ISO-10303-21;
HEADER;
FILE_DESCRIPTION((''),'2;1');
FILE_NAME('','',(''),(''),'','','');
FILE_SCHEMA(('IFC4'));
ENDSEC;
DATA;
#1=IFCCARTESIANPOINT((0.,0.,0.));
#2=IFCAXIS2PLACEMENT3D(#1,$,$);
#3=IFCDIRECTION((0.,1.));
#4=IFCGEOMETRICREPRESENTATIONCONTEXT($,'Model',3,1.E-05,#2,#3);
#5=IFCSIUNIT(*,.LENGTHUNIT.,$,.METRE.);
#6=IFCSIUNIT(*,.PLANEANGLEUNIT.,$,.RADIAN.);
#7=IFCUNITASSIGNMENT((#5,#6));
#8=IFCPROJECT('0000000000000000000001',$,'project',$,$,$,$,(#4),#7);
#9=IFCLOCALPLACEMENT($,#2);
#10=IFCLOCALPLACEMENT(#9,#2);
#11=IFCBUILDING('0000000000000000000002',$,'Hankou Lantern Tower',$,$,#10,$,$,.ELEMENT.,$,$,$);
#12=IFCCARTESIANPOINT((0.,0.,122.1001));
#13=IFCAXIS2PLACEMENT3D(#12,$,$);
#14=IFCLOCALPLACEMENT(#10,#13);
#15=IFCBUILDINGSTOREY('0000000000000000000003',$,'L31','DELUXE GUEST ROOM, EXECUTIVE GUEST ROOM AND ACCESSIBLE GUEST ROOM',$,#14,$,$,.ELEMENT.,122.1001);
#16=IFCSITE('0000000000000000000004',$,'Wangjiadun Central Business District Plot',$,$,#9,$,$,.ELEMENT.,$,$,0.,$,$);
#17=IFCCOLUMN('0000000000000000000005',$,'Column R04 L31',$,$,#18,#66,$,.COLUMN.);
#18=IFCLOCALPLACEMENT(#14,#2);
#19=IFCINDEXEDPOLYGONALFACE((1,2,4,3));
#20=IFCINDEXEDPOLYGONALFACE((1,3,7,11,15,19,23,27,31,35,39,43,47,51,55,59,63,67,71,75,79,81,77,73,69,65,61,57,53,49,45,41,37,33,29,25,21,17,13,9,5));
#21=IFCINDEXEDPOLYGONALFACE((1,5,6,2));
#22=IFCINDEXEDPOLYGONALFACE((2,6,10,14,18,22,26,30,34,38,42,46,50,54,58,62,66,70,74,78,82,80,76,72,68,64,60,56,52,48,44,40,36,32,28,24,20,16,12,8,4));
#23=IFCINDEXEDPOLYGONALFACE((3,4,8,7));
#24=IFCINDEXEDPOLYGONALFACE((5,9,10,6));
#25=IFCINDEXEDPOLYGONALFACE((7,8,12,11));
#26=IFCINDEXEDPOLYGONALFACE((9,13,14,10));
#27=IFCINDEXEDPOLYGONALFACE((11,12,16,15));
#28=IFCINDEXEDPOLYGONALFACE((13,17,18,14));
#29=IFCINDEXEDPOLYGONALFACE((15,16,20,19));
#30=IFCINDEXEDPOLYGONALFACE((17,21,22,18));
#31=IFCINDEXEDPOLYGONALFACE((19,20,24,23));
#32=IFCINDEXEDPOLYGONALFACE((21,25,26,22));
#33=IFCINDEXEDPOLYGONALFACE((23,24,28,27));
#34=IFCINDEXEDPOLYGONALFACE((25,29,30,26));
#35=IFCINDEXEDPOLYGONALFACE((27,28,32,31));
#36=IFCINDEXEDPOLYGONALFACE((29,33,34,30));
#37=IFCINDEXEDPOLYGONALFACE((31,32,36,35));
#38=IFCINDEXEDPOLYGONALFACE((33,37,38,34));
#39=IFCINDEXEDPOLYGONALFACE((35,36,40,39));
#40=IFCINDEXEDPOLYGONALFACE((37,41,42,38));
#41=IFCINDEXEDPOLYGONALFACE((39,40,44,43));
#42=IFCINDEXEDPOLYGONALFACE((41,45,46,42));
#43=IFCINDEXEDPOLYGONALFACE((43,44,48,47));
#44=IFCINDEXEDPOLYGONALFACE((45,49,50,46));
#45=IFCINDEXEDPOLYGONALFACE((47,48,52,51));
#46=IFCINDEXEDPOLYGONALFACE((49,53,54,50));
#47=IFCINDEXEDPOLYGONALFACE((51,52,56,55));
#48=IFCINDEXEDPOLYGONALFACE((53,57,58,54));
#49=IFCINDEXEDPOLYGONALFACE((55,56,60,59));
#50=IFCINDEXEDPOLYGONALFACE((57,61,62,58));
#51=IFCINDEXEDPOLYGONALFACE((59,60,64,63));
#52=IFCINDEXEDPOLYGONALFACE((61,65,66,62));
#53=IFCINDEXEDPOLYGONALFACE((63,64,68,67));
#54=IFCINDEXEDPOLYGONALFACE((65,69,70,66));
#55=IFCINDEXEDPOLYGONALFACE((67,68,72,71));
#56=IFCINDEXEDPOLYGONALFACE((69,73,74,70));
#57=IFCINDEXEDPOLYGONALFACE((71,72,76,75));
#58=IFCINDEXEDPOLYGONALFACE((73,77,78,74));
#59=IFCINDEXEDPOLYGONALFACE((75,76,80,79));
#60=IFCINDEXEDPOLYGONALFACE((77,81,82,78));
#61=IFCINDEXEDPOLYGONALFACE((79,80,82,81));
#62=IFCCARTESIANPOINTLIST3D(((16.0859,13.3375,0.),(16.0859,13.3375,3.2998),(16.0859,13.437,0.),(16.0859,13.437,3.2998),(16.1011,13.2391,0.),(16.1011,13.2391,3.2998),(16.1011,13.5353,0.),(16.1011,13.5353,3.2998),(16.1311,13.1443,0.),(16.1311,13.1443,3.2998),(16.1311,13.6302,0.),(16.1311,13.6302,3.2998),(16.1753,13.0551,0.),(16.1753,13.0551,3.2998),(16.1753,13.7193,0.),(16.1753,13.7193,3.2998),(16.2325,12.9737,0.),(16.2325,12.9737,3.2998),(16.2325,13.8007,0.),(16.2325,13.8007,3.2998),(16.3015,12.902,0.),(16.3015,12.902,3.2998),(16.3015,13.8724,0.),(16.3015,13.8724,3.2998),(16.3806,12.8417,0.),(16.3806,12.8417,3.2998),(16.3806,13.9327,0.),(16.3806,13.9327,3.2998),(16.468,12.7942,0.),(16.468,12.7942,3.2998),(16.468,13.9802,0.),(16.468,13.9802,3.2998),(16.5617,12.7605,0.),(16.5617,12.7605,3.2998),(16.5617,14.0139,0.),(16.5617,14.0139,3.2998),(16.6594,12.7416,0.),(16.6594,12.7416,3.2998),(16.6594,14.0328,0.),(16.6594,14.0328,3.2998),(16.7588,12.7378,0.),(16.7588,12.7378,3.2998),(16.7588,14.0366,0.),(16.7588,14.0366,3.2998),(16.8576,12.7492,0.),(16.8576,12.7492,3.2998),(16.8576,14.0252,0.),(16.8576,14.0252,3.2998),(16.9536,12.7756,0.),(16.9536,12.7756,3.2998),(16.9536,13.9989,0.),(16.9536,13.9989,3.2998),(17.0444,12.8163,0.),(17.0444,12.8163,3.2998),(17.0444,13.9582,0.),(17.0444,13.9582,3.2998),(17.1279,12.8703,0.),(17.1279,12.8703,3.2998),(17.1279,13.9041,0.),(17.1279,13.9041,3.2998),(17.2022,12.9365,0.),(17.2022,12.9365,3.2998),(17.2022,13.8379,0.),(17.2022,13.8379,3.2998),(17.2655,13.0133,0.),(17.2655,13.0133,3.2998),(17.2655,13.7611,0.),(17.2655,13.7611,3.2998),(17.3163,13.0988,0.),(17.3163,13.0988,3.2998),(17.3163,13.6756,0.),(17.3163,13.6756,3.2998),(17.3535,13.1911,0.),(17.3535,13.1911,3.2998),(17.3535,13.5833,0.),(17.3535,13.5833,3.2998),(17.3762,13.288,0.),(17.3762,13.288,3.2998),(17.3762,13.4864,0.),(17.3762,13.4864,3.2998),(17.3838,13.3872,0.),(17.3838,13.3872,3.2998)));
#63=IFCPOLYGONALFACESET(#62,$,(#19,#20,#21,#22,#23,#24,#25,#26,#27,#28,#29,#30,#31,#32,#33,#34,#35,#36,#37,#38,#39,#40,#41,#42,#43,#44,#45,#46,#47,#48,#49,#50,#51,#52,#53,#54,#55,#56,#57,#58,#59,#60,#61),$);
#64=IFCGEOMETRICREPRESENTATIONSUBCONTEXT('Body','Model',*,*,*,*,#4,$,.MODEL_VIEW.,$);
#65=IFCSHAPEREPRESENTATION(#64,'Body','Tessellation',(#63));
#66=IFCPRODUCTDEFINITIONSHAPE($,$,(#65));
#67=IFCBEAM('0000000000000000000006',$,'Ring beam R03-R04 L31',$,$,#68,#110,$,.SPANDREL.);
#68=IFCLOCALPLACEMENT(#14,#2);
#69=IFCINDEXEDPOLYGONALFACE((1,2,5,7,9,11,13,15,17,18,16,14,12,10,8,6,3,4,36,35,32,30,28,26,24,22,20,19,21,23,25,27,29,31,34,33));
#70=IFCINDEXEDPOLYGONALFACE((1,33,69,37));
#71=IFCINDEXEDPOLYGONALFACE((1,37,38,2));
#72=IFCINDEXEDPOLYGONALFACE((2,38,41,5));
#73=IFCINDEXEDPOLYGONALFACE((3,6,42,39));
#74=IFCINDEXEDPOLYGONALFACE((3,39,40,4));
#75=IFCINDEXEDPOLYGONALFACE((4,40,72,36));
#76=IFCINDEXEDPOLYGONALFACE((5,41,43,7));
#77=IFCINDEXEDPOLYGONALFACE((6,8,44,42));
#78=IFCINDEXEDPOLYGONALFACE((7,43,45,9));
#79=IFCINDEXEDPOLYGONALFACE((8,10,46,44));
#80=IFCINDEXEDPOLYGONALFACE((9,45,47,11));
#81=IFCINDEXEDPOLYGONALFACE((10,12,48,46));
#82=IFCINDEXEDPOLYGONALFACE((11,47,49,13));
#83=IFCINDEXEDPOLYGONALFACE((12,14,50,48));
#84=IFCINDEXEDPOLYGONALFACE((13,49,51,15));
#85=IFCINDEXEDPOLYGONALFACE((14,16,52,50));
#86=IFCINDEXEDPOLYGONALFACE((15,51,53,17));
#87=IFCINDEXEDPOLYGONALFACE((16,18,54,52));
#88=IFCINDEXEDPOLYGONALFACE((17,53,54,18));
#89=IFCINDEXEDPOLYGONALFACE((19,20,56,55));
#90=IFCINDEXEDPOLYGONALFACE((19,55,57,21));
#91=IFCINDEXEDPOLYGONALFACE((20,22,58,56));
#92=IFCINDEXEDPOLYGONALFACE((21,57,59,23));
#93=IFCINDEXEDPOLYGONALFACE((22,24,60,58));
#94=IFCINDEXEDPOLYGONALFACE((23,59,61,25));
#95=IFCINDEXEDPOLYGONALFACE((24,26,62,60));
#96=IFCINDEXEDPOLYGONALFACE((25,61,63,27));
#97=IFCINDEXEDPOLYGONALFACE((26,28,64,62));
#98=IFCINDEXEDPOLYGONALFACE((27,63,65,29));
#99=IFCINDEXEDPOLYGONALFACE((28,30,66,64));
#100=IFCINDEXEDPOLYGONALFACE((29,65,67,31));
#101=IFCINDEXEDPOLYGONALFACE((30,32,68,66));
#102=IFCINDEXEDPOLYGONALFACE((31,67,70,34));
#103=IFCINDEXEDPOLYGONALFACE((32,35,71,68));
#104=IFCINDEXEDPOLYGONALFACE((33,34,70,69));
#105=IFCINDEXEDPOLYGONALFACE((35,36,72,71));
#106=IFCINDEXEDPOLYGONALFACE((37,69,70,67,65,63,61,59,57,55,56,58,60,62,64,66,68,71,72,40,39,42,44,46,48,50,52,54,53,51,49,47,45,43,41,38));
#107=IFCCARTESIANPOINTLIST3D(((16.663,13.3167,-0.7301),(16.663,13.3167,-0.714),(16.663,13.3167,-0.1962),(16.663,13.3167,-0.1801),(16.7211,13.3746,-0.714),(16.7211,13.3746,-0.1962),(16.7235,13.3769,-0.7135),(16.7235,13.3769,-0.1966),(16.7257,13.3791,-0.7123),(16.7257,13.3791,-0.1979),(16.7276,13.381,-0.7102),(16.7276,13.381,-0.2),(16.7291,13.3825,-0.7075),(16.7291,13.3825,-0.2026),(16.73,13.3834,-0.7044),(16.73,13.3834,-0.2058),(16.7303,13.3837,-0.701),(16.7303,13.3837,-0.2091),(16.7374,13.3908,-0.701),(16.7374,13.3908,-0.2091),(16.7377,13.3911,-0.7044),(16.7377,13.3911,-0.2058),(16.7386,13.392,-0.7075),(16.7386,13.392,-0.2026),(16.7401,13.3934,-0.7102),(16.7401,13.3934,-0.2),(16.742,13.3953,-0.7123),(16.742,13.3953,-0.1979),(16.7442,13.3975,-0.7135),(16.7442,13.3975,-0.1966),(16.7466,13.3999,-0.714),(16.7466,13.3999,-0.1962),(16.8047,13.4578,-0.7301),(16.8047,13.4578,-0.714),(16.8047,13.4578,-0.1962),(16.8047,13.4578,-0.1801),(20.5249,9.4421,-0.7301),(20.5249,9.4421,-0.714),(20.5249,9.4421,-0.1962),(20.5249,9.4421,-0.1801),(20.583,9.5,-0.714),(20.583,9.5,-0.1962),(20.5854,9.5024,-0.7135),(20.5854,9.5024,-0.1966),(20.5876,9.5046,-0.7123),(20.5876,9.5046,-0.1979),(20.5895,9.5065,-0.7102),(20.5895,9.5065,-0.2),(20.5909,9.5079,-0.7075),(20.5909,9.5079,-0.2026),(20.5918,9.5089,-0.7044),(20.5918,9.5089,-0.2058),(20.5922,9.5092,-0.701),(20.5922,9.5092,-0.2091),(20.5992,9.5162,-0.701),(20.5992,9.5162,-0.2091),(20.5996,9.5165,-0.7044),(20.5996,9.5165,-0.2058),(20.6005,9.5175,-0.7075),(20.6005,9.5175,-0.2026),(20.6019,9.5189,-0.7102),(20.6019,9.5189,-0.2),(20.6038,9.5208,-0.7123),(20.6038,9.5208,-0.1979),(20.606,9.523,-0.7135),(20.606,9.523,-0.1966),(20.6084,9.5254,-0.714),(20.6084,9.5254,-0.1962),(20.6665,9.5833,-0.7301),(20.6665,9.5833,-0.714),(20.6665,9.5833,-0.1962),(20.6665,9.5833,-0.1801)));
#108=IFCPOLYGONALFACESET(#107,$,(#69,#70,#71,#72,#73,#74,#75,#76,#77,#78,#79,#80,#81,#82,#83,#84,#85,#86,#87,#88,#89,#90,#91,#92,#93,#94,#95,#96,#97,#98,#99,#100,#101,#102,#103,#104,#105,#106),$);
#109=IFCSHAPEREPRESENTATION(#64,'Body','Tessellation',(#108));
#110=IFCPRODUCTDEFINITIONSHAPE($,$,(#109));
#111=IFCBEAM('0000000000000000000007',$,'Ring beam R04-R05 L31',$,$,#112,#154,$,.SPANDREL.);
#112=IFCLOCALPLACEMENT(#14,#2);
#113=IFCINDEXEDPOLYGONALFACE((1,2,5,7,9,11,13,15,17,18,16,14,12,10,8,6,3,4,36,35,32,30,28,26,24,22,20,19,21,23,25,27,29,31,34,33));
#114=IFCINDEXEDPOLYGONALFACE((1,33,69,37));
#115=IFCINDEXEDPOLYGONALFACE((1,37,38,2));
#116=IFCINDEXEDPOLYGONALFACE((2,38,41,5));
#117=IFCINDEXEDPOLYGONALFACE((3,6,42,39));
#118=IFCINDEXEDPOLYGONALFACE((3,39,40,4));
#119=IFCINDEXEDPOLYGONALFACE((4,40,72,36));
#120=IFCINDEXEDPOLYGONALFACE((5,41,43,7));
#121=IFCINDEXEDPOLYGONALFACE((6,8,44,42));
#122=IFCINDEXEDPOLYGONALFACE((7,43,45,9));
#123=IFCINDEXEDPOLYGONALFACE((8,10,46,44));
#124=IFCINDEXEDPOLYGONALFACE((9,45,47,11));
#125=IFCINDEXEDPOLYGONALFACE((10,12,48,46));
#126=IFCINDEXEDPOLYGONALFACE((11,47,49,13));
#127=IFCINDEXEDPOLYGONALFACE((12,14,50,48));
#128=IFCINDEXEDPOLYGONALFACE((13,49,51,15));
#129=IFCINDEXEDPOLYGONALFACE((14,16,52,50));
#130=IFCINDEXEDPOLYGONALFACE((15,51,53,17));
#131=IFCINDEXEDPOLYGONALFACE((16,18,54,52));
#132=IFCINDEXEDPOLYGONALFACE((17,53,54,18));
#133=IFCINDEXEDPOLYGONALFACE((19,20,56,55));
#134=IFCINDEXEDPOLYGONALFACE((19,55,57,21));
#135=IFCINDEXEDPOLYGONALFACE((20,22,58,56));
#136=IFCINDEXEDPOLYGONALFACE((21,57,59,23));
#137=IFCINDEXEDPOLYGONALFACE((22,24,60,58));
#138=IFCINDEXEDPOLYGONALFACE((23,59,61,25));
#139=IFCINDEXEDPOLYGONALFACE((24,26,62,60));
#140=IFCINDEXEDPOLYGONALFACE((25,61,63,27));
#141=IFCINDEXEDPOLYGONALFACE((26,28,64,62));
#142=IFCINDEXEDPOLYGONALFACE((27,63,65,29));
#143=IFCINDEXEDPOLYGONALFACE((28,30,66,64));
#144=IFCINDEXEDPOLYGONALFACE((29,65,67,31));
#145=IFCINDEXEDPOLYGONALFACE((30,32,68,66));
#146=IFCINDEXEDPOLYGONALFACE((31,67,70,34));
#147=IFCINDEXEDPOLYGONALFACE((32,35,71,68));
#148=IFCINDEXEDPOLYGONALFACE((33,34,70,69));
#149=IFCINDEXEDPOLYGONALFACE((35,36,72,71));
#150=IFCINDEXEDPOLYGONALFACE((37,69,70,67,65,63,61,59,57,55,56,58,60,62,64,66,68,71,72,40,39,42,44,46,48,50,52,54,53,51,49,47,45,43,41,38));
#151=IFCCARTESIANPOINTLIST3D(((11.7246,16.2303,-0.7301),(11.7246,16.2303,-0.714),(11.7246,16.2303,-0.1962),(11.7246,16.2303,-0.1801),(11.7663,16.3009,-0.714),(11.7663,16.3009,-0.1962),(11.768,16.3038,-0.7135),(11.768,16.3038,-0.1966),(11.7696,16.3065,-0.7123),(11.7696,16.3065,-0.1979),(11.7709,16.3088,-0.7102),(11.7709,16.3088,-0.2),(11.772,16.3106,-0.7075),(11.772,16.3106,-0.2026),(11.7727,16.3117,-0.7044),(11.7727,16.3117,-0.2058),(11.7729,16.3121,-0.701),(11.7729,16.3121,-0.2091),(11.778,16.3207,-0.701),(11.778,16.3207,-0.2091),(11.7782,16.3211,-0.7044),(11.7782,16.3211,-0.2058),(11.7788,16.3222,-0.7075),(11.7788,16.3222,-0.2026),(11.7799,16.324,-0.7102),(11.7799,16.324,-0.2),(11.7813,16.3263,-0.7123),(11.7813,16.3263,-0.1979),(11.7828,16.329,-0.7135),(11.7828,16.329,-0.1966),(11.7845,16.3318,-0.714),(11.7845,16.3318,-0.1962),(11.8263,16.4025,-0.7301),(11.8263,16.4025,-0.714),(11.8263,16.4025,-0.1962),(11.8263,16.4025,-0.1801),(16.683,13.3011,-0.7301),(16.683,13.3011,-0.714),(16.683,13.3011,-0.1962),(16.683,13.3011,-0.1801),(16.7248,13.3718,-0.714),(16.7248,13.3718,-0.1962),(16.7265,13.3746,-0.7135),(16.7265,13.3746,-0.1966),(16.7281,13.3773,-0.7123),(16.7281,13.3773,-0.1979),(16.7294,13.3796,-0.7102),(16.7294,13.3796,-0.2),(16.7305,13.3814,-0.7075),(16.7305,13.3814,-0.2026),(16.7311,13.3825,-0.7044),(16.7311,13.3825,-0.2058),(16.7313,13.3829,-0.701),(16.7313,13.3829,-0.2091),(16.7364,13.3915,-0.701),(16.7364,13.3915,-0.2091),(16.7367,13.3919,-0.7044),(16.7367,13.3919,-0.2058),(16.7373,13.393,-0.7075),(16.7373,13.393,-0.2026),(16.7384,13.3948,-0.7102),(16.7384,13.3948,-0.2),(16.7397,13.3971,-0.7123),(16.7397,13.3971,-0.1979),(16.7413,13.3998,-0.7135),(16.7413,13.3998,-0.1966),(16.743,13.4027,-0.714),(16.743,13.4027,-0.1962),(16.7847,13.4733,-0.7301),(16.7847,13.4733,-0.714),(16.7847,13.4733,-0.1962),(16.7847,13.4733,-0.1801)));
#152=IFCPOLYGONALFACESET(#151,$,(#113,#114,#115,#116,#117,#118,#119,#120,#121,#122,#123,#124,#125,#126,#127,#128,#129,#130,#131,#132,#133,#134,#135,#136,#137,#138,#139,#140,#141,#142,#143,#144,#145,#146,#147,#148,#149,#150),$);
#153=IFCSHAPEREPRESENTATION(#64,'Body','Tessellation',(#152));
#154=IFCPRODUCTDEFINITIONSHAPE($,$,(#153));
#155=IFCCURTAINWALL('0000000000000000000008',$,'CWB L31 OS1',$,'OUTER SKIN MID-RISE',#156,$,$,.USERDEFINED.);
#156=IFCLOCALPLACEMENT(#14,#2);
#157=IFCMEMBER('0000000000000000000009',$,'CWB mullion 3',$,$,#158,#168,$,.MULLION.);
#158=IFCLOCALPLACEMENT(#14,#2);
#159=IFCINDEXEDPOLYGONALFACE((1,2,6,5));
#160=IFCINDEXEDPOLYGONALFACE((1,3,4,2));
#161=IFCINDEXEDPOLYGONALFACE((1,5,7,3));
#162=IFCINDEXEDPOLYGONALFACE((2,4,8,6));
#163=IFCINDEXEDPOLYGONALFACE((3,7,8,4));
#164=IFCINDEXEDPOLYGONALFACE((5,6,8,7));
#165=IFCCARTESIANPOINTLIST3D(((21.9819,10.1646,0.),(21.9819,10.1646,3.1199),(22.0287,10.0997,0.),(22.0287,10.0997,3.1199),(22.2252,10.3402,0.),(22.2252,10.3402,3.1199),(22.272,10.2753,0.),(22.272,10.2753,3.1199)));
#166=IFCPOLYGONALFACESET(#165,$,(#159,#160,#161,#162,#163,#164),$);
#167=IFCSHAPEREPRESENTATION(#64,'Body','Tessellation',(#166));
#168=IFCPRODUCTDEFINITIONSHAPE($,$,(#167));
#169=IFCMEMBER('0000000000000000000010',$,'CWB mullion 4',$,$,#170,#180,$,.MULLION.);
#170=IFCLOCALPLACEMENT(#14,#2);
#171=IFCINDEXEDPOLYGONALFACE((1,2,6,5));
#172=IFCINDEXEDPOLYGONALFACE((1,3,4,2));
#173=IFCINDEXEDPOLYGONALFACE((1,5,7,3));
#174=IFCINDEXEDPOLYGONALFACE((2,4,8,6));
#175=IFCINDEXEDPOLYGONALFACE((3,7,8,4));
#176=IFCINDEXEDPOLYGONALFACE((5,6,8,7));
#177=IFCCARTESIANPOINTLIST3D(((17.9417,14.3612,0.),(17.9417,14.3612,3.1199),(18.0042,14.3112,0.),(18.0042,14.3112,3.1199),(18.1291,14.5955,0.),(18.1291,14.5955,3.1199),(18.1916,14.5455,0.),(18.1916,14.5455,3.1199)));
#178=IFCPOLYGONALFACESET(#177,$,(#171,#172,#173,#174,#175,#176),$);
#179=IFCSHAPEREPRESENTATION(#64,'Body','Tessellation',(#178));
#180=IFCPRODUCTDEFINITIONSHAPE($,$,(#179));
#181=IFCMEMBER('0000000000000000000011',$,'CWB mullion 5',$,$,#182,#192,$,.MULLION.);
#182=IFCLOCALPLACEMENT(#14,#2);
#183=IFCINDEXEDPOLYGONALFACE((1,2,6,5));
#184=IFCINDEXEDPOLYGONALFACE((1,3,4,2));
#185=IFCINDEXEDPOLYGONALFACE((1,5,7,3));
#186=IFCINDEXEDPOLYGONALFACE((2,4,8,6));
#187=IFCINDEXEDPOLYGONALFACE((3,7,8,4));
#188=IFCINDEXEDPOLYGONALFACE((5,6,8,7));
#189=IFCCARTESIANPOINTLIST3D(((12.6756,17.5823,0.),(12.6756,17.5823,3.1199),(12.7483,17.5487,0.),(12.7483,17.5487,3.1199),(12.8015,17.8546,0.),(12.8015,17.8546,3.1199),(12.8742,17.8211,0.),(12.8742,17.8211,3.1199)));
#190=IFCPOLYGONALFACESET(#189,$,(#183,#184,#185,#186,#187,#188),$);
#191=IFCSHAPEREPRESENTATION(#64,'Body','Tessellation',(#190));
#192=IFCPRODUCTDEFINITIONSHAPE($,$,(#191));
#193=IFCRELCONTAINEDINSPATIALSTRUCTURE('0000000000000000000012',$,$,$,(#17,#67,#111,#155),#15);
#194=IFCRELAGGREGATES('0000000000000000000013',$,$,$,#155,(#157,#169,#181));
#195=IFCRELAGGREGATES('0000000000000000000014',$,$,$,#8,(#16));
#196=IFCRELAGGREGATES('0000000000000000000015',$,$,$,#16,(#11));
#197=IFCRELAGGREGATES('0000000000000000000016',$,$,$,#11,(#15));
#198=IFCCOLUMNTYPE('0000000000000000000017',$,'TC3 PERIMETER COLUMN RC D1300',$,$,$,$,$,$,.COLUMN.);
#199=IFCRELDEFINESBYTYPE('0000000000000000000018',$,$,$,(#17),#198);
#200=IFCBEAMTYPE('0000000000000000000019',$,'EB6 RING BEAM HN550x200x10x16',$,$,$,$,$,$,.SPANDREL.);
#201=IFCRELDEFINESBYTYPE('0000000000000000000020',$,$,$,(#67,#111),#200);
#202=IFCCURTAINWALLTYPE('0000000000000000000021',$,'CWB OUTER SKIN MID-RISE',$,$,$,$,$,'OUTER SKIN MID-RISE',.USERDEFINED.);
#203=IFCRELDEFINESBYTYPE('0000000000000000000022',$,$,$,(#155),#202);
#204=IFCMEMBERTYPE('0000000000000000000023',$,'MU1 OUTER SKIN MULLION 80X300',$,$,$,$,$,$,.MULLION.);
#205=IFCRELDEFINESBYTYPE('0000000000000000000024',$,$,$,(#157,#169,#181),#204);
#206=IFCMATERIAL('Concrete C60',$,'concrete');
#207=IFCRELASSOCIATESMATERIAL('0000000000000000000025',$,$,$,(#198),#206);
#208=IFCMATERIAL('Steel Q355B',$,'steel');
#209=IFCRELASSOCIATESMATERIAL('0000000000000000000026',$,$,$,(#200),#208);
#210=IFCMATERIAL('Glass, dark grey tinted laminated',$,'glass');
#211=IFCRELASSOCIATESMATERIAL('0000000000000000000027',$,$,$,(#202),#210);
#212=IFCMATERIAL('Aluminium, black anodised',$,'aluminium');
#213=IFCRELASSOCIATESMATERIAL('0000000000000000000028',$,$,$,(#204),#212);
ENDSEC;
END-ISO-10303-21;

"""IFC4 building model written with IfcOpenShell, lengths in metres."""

from ifc_helpers import new_model, si_unit, direction, frame, origin, origin_2d, place, context, subcontext, project, spatial, rectangle, circle, i_section, extrude, material, material_profile, profile_set, type_object, element, aggregate, save


model = new_model("IFC4")

# Units and contexts
model_context = context("Model", 3, precision=1e-05, world=origin(), true_north=direction((0.0, 1.0)))
body_context = subcontext(model_context, "Body", "Model", "MODEL_VIEW")
ifc_project = project(units=[si_unit("LENGTHUNIT", "METRE"), si_unit("PLANEANGLEUNIT", "RADIAN")], contexts=[model_context])

# Site, building, storey
site_placement = place(None, origin())
site = spatial("IfcSite", under=ifc_project, at=site_placement, Name="Wangjiadun Central Business District Plot", CompositionType="ELEMENT", RefElevation=0.0)
building_placement = place(site_placement, origin())
building = spatial("IfcBuilding", under=site, at=building_placement, Name="Hankou Lantern Tower", CompositionType="ELEMENT")
storey_placement = place(building_placement, frame((0.0, 0.0, 122.1001)))
storey = spatial("IfcBuildingStorey", under=building, at=storey_placement, Name="L31", Description="DELUXE GUEST ROOM, EXECUTIVE GUEST ROOM AND ACCESSIBLE GUEST ROOM", CompositionType="ELEMENT", Elevation=122.1001)

# Column
ifc_material_1 = material(Name="Concrete C60", Category="concrete")
ifc_material_profile_1 = material_profile(ifc_material_1, circle(Radius=0.6499, at=origin_2d()), Name="RC D1300")
ifc_profile_set_1 = profile_set([ifc_material_profile_1], Name="Concrete C60")
column_type = type_object("IfcColumnType", Name="TC3 PERIMETER COLUMN RC D1300", PredefinedType="COLUMN", material=ifc_profile_set_1)
column_placement = place(storey_placement, frame((16.7339, 13.3872, 0.0), z_axis=(0.0, 0.0, 1.0), x_axis=(1.0, 0.0, 0.0)))
element("IfcColumn", 1, at=column_placement, inside=storey, type_object=column_type, Name="Column R04 L31", PredefinedType="COLUMN", context=body_context, shape_type="SweptSolid", body=[
    extrude(circle(Radius=0.6499, at=origin_2d()), origin(), (0.0, 0.0, 1.0), 3.2998),
])

# Beams
ifc_material_2 = material(Name="Steel Q355B", Category="steel")
ifc_material_profile_2 = material_profile(ifc_material_2, i_section(OverallWidth=0.2, OverallDepth=0.55, WebThickness=0.01, FlangeThickness=0.0161, FilletRadius=0.0129, at=origin_2d()), Name="HN550x200x10x16")
ifc_profile_set_2 = profile_set([ifc_material_profile_2], Name="Steel Q355B")
beam_type = type_object("IfcBeamType", Name="EB6 RING BEAM HN550x200x10x16", PredefinedType="SPANDREL", material=ifc_profile_set_2)
beam_1_placement = place(storey_placement, frame((20.5957, 9.5127, -0.4551), z_axis=(-0.705945, 0.708266, 0.0), x_axis=(-0.708266, -0.705945, 0.0)))
element("IfcBeam", 2, at=beam_1_placement, inside=storey, type_object=beam_type, Name="Ring beam R03-R04 L31", PredefinedType="SPANDREL", context=body_context, shape_type="SweptSolid", body=[
    extrude(i_section(OverallWidth=0.2, OverallDepth=0.55, WebThickness=0.01, FlangeThickness=0.0161, FilletRadius=0.0129, at=origin_2d()), origin(), (0.0, 0.0, 1.0), 5.4705),
])
beam_2_placement = place(storey_placement, frame((16.7339, 13.3872, -0.4551), z_axis=(-0.860989, 0.508624, 0.0), x_axis=(-0.508624, -0.860989, 0.0)))
element("IfcBeam", 3, at=beam_2_placement, inside=storey, type_object=beam_type, Name="Ring beam R04-R05 L31", PredefinedType="SPANDREL", context=body_context, shape_type="SweptSolid", body=[
    extrude(i_section(OverallWidth=0.2, OverallDepth=0.55, WebThickness=0.01, FlangeThickness=0.0161, FilletRadius=0.0129, at=origin_2d()), origin(), (0.0, 0.0, 1.0), 5.759),
])

# Curtain wall, members
ifc_material_3 = material(Name="Glass, dark grey tinted laminated", Category="glass")
curtain_wall_type = type_object("IfcCurtainWallType", Name="CWB OUTER SKIN MID-RISE", ElementType="OUTER SKIN MID-RISE", PredefinedType="USERDEFINED", material=ifc_material_3)
curtain_wall_placement = place(storey_placement, origin())
curtain_wall = element("IfcCurtainWall", 4, at=curtain_wall_placement, inside=storey, type_object=curtain_wall_type, Name="CWB L31 OS1", ObjectType="OUTER SKIN MID-RISE", PredefinedType="USERDEFINED")
ifc_material_4 = material(Name="Aluminium, black anodised", Category="aluminium")
ifc_material_profile_3 = material_profile(ifc_material_4, rectangle(XDim=0.0801, YDim=0.3, at=origin_2d()), Name="MU1 80X300")
ifc_profile_set_3 = profile_set([ifc_material_profile_3], Name="Aluminium, black anodised")
member_type_1 = type_object("IfcMemberType", Name="MU1 OUTER SKIN MULLION 80X300", PredefinedType="MULLION", material=ifc_profile_set_3)
member_1_placement = place(storey_placement, frame((22.127, 10.22, 0.0), z_axis=(0.0, 0.0, 1.0), x_axis=(-0.585206, 0.810885, 0.0)))
member_1 = element("IfcMember", 5, at=member_1_placement, type_object=member_type_1, Name="CWB mullion 3", PredefinedType="MULLION", context=body_context, shape_type="SweptSolid", body=[
    extrude(rectangle(XDim=0.0801, YDim=0.3, at=origin_2d()), origin(), (0.0, 0.0, 1.0), 3.1199),
])
member_2_placement = place(storey_placement, frame((18.0667, 14.4534, 0.0), z_axis=(0.0, 0.0, 1.0), x_axis=(-0.780869, 0.624695, 0.0)))
member_2 = element("IfcMember", 6, at=member_2_placement, type_object=member_type_1, Name="CWB mullion 4", PredefinedType="MULLION", context=body_context, shape_type="SweptSolid", body=[
    extrude(rectangle(XDim=0.0801, YDim=0.3, at=origin_2d()), origin(), (0.0, 0.0, 1.0), 3.1199),
])
member_3_placement = place(storey_placement, frame((12.7749, 17.7017, 0.0), z_axis=(0.0, 0.0, 1.0), x_axis=(-0.907841, 0.419314, 0.0)))
member_3 = element("IfcMember", 7, at=member_3_placement, type_object=member_type_1, Name="CWB mullion 5", PredefinedType="MULLION", context=body_context, shape_type="SweptSolid", body=[
    extrude(rectangle(XDim=0.0801, YDim=0.3, at=origin_2d()), origin(), (0.0, 0.0, 1.0), 3.1199),
])
aggregate(curtain_wall, [member_1, member_2, member_3])

save(model, "model.ifc")
